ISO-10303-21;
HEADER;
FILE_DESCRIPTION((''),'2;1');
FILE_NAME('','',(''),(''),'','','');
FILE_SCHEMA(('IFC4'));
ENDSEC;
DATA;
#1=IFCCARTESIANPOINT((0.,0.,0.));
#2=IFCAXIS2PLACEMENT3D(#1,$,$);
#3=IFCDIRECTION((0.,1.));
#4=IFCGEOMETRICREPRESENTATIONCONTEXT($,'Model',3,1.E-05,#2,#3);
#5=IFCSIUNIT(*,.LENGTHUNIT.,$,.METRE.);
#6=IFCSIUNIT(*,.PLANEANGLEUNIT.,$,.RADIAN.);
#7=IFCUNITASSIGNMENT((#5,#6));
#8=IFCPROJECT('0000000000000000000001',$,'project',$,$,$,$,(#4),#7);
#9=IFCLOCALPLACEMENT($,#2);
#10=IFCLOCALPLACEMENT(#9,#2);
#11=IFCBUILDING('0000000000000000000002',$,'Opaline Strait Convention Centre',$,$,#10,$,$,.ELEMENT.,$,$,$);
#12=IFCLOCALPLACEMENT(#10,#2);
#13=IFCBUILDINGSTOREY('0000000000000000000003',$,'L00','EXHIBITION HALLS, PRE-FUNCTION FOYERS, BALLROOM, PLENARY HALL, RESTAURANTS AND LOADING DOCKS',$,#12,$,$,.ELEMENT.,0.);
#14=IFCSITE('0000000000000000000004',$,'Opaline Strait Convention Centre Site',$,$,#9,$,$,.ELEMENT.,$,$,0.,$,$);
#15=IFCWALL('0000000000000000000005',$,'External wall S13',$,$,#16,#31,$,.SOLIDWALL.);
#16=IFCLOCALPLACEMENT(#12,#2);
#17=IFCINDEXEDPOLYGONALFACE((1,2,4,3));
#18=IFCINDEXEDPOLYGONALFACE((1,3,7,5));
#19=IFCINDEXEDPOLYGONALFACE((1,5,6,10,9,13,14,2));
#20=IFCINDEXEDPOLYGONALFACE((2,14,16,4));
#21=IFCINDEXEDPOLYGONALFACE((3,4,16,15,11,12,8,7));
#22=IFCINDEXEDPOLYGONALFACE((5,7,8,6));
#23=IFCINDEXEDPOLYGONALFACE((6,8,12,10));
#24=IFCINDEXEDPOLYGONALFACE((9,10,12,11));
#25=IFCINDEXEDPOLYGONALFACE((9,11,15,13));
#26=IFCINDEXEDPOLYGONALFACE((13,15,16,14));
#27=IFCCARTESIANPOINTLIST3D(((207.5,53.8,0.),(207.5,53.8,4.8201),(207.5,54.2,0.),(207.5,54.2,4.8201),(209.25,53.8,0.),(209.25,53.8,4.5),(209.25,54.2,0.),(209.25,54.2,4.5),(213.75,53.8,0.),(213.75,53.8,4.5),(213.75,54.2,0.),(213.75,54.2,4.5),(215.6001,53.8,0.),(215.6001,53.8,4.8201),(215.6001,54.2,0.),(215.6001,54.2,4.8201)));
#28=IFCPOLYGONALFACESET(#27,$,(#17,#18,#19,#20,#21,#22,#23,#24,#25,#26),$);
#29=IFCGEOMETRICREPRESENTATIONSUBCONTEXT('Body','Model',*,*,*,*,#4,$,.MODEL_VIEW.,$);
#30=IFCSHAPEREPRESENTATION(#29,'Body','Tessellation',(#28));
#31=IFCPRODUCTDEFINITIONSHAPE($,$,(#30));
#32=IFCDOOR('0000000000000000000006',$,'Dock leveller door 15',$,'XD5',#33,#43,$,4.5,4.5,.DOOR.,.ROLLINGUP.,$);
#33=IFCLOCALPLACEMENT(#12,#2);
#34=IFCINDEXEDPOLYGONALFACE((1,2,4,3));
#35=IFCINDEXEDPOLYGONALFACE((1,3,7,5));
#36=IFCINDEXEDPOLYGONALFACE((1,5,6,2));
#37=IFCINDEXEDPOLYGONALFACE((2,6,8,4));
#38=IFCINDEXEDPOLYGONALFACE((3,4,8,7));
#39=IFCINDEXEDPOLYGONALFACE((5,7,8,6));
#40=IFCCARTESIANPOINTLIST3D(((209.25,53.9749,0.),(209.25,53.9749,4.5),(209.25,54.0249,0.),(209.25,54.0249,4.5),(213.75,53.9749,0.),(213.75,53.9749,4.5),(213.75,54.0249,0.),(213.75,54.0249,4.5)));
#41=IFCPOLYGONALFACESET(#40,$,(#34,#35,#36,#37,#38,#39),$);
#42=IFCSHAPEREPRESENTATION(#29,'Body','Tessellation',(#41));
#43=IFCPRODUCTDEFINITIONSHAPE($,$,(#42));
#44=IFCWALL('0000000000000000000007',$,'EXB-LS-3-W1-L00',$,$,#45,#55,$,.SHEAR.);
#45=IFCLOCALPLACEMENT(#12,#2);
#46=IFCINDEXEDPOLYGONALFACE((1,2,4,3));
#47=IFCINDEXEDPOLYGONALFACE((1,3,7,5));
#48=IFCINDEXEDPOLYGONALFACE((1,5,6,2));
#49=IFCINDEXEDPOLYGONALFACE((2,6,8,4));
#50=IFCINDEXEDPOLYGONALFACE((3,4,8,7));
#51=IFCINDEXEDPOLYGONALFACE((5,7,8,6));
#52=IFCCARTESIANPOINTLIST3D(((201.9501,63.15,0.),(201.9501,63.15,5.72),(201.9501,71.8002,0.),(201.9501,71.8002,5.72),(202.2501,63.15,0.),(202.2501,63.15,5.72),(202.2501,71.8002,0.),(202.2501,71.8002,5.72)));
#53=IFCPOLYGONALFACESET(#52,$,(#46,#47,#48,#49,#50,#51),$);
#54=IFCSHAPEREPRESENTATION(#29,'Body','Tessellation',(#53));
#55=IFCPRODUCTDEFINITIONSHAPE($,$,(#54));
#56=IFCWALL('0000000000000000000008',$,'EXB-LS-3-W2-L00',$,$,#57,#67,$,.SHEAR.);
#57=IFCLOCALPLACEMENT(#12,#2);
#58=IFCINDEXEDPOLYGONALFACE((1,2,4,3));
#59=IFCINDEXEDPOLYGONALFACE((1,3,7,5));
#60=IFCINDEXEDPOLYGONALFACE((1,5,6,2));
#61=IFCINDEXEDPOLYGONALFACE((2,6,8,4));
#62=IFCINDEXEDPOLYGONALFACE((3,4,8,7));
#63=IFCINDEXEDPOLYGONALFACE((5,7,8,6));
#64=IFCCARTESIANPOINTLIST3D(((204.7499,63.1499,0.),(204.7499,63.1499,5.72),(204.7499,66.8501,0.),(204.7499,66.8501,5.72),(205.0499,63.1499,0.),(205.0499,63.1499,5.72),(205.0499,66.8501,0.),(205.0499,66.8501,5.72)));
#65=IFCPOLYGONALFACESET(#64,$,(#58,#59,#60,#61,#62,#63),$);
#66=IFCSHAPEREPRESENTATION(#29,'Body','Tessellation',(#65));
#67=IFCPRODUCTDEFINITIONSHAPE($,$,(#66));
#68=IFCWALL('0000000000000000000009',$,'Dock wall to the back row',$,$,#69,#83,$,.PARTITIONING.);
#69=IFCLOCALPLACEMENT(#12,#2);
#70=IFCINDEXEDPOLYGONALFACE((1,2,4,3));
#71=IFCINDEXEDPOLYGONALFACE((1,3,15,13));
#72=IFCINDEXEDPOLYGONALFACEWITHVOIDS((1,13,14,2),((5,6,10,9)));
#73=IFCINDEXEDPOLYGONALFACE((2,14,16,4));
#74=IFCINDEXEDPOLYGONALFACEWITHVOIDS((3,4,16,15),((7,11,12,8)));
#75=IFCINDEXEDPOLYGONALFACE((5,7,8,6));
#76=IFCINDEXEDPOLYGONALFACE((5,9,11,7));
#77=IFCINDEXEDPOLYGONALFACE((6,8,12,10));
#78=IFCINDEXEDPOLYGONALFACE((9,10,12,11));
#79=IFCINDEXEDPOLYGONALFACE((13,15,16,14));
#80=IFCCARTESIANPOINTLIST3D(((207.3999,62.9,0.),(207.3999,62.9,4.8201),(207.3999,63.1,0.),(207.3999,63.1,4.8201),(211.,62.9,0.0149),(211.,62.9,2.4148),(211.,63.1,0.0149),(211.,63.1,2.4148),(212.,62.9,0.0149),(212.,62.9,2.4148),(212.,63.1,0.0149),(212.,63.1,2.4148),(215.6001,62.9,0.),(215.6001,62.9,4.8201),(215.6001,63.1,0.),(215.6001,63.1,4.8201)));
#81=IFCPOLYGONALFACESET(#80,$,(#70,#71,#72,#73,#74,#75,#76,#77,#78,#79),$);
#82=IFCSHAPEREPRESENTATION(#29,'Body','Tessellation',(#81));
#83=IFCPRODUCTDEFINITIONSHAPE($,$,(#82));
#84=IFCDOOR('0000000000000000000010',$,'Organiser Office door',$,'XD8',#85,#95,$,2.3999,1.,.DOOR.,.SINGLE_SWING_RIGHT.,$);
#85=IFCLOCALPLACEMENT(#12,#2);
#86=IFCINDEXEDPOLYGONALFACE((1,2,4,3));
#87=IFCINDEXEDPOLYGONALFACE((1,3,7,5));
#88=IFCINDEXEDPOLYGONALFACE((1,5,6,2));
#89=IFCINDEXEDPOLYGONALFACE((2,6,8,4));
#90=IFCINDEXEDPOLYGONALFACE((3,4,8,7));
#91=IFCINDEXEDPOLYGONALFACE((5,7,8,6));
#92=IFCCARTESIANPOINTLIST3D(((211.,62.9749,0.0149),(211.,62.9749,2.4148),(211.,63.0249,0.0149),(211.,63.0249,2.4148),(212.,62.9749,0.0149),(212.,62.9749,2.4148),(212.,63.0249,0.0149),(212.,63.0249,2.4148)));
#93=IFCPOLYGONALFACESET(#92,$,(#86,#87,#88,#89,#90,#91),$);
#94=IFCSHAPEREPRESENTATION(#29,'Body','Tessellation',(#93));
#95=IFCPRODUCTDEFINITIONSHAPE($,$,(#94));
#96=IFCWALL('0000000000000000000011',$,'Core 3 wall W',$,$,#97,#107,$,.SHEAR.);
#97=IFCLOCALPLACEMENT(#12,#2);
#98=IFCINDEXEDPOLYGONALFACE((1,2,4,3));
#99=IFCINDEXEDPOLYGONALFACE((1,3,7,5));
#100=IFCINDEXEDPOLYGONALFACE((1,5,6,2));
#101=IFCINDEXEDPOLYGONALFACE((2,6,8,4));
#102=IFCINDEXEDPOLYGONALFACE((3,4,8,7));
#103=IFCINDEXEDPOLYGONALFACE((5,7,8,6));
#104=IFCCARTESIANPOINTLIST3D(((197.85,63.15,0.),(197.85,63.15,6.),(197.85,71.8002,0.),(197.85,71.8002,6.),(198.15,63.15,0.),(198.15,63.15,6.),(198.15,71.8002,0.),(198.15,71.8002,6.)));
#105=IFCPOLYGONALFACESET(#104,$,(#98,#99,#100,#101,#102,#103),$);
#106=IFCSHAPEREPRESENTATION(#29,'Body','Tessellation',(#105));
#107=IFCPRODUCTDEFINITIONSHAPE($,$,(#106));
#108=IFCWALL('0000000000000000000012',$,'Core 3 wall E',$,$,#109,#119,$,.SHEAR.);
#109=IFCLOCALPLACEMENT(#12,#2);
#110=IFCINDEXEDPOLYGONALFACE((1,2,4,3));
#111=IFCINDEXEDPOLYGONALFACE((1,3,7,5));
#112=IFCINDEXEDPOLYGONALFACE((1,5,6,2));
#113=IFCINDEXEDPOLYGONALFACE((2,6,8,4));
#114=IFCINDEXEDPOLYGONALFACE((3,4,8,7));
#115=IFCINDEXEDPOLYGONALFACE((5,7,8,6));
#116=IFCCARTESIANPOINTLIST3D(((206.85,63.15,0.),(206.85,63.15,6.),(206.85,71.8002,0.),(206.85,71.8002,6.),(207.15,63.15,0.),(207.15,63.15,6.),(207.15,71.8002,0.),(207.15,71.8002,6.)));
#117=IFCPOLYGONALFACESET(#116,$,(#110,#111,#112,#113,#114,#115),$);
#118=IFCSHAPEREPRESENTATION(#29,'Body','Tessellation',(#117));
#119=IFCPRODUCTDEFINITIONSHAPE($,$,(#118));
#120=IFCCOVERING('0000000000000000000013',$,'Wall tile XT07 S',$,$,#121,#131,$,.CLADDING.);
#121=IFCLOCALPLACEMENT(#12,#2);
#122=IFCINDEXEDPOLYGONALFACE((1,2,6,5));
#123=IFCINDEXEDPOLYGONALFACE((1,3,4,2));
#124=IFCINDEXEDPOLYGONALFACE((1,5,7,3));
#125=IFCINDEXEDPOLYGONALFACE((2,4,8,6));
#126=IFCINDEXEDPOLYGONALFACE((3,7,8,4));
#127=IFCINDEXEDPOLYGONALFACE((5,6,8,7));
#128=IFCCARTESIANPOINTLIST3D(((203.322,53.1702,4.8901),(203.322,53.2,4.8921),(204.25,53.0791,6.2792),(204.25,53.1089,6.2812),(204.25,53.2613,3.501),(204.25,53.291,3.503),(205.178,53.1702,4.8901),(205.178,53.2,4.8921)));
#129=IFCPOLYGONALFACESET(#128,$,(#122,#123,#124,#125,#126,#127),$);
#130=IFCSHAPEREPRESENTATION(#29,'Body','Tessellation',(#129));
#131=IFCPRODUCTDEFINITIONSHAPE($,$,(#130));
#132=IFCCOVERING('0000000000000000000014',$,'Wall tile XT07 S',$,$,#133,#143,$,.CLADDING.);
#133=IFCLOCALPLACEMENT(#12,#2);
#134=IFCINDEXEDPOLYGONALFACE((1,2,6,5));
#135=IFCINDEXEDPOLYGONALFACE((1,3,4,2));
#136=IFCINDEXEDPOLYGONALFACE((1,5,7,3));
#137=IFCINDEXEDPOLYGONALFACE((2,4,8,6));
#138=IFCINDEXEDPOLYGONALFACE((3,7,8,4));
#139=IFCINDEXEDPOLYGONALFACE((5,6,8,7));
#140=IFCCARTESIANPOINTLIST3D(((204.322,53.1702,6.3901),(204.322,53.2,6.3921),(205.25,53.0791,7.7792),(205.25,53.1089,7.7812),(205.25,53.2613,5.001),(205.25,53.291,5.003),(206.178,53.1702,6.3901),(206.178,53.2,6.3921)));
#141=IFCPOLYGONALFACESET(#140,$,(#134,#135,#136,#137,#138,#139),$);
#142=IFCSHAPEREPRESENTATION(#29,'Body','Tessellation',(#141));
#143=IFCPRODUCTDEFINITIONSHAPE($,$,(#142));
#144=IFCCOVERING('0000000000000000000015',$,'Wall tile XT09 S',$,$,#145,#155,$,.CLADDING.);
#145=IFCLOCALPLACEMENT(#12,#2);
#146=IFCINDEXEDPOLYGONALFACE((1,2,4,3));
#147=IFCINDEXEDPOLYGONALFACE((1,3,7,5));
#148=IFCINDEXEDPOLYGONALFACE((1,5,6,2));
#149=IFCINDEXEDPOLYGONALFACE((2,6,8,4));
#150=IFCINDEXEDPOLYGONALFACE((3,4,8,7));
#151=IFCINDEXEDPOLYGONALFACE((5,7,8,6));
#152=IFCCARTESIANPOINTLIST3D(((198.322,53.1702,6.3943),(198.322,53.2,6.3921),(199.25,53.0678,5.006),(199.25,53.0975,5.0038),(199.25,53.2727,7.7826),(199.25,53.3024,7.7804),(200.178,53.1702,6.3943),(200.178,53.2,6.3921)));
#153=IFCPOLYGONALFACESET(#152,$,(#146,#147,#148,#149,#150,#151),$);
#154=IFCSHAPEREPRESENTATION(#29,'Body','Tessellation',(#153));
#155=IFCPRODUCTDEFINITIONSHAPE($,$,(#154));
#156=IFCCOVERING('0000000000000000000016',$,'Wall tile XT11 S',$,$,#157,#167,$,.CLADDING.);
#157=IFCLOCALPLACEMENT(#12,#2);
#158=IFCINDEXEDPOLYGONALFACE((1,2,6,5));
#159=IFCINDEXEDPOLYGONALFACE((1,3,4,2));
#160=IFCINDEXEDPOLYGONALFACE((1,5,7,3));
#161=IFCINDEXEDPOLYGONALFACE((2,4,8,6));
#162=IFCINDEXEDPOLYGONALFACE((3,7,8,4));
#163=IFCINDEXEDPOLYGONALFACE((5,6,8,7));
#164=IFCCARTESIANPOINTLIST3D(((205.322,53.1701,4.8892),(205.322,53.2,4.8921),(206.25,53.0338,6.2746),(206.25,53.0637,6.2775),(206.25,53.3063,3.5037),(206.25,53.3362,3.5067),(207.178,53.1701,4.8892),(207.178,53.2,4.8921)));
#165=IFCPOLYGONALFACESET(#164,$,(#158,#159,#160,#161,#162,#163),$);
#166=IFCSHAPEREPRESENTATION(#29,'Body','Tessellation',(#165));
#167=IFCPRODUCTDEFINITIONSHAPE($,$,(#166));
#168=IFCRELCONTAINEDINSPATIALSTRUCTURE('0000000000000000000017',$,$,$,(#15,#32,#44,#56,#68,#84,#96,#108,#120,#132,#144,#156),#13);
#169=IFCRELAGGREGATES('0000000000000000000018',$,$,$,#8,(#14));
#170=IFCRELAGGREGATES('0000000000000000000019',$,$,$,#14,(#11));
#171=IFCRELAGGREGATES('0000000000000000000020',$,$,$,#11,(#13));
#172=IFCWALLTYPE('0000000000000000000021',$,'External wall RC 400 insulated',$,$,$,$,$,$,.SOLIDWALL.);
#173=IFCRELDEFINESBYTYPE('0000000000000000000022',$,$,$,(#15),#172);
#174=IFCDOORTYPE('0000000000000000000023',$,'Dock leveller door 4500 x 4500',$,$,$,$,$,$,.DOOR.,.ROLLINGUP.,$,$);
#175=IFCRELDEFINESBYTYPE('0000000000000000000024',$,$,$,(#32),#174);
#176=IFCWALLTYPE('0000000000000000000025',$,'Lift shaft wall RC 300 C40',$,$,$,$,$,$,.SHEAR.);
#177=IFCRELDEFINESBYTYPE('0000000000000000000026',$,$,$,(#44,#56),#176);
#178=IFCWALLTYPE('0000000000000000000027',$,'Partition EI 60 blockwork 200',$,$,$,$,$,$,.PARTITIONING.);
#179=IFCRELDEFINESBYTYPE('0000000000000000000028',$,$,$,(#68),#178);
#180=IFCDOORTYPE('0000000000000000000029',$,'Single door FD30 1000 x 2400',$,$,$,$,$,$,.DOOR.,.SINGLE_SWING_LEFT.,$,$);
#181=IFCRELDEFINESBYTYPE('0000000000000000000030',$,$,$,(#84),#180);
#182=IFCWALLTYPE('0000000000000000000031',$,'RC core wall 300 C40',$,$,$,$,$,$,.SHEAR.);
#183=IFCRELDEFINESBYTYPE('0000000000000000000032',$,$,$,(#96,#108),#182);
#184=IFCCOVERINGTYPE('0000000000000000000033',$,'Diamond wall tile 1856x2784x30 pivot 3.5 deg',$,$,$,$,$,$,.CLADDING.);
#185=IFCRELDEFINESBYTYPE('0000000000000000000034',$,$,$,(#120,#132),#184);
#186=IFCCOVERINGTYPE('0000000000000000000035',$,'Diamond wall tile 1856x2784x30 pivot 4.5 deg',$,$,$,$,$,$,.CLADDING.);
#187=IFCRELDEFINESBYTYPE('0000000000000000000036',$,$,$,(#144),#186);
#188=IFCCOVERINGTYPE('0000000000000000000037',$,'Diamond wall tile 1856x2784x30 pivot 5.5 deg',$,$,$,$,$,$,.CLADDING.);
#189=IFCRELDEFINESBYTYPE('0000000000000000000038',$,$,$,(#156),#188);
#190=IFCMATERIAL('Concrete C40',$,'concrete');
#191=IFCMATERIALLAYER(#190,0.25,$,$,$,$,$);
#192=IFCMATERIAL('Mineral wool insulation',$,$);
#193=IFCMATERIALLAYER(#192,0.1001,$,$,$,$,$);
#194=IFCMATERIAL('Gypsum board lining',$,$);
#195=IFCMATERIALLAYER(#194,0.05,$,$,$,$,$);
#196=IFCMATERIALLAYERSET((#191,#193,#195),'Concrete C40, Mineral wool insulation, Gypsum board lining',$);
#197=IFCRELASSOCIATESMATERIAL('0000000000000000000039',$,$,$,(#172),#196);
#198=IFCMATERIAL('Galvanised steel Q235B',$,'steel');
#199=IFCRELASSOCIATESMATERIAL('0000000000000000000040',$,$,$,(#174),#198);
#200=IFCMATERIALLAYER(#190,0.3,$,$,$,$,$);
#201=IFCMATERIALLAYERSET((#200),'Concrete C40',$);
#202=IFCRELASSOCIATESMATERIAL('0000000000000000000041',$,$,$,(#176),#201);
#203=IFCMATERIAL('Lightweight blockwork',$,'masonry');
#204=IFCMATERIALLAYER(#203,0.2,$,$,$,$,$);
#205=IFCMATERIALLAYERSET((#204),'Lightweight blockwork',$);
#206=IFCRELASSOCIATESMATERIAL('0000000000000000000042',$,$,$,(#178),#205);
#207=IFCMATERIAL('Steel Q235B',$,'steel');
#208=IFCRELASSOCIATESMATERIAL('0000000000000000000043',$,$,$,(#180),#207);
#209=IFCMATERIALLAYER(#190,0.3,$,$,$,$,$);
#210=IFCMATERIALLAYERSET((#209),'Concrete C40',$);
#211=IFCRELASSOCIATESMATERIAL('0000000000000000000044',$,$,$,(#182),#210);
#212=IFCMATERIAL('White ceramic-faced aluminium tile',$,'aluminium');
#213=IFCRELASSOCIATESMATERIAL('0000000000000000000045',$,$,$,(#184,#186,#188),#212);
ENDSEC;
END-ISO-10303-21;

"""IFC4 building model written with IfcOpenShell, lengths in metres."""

from ifc_helpers import new_model, si_unit, direction, frame, frame_2d, origin, place, context, subcontext, project, spatial, polyline, rectangle, outline, extrude, material, layer, layer_set, material_profile, profile_set, type_object, element, fill, save


model = new_model("IFC4")

# Units and contexts
model_context = context("Model", 3, precision=1e-05, world=origin(), true_north=direction((0.0, 1.0)))
body_context = subcontext(model_context, "Body", "Model", "MODEL_VIEW")
ifc_project = project(units=[si_unit("LENGTHUNIT", "METRE"), si_unit("PLANEANGLEUNIT", "RADIAN")], contexts=[model_context])

# Site, building, storey
site_placement = place(None, origin())
site = spatial("IfcSite", under=ifc_project, at=site_placement, Name="Opaline Strait Convention Centre Site", CompositionType="ELEMENT", RefElevation=0.0)
building_placement = place(site_placement, origin())
building = spatial("IfcBuilding", under=site, at=building_placement, Name="Opaline Strait Convention Centre", CompositionType="ELEMENT")
storey_placement = place(building_placement, origin())
storey = spatial("IfcBuildingStorey", under=building, at=storey_placement, Name="L00", Description="EXHIBITION HALLS, PRE-FUNCTION FOYERS, BALLROOM, PLENARY HALL, RESTAURANTS AND LOADING DOCKS", CompositionType="ELEMENT", Elevation=0.0)

# Shared definitions
ifc_material_1 = material(Name="Concrete C40", Category="concrete")

# Shared definitions
ifc_layer_1 = layer(ifc_material_1, 0.25)
ifc_material_2 = material(Name="Mineral wool insulation")
ifc_layer_2 = layer(ifc_material_2, 0.1001)
ifc_material_3 = material(Name="Gypsum board lining")
ifc_layer_3 = layer(ifc_material_3, 0.05)
ifc_layer_set_1 = layer_set([ifc_layer_1, ifc_layer_2, ifc_layer_3], Name="Concrete C40, Mineral wool insulation, Gypsum board lining")
wall_type_1 = type_object("IfcWallType", Name="External wall RC 400 insulated", PredefinedType="SOLIDWALL", material=ifc_layer_set_1)
ifc_material_4 = material(Name="Galvanised steel Q235B", Category="steel")
door_type_1 = type_object("IfcDoorType", Name="Dock leveller door 4500 x 4500", OperationType="ROLLINGUP", PredefinedType="DOOR", material=ifc_material_4)
ifc_material_5 = material(Name="Steel Q235B", Category="steel")

# Wall, opening, door
wall_1_placement = place(storey_placement, frame((207.5, 54.0, 0.0), z_axis=(0.0, 0.0, 1.0), x_axis=(1.0, 0.0, 0.0)))
wall_1 = element("IfcWall", 1, at=wall_1_placement, inside=storey, type_object=wall_type_1, Name="External wall S13", PredefinedType="SOLIDWALL", context=body_context, shape_type="SweptSolid", body=[
    extrude(rectangle(XDim=8.1001, YDim=0.3999, at=frame_2d((4.05, 0.0))), origin(), (0.0, 0.0, 1.0), 4.8201),
])
opening_1_placement = place(wall_1_placement, frame((1.75, 0.0, 0.0)))
opening_1 = element("IfcOpeningElement", 2, at=opening_1_placement, cuts=wall_1, PredefinedType="OPENING", context=body_context, shape_type="SweptSolid", body=[
    extrude(rectangle(XDim=4.5, YDim=4.5, at=frame_2d((2.25, 2.25))), frame((0.0, 0.21, 0.0), z_axis=(0.0, -1.0, 0.0), x_axis=(1.0, 0.0, 0.0)), (0.0, 0.0, 1.0), 0.4199),
])
door_1_placement = place(opening_1_placement, origin())
door_1 = element("IfcDoor", 3, at=door_1_placement, inside=storey, type_object=door_type_1, Name="Dock leveller door 15", ObjectType="XD5", OperationType="ROLLINGUP", OverallHeight=4.5, OverallWidth=4.5, PredefinedType="DOOR", context=body_context, shape_type="SweptSolid", body=[
    extrude(rectangle(XDim=4.5, YDim=4.5, at=frame_2d((2.25, 2.25))), frame((0.0, 0.0249, 0.0), z_axis=(0.0, -1.0, 0.0), x_axis=(1.0, 0.0, 0.0)), (0.0, 0.0, 1.0), 0.05),
])
fill(opening_1, door_1)

# Walls
ifc_layer_4 = layer(ifc_material_1, 0.3)
ifc_layer_set_2 = layer_set([ifc_layer_4], Name="Concrete C40")
wall_type_2 = type_object("IfcWallType", Name="Lift shaft wall RC 300 C40", PredefinedType="SHEAR", material=ifc_layer_set_2)
wall_2_placement = place(storey_placement, frame((202.1001, 63.1499, 0.0), z_axis=(0.0, 0.0, 1.0), x_axis=(0.0, 1.0, 0.0)))
element("IfcWall", 4, at=wall_2_placement, inside=storey, type_object=wall_type_2, Name="EXB-LS-3-W1-L00", PredefinedType="SHEAR", context=body_context, shape_type="SweptSolid", body=[
    extrude(rectangle(XDim=8.6501, YDim=0.3, at=frame_2d((4.3252, 0.0))), origin(), (0.0, 0.0, 1.0), 5.72),
])
wall_3_placement = place(storey_placement, frame((204.8999, 63.1499, 0.0), z_axis=(0.0, 0.0, 1.0), x_axis=(0.0, 1.0, 0.0)))
element("IfcWall", 5, at=wall_3_placement, inside=storey, type_object=wall_type_2, Name="EXB-LS-3-W2-L00", PredefinedType="SHEAR", context=body_context, shape_type="SweptSolid", body=[
    extrude(rectangle(XDim=3.7002, YDim=0.3, at=frame_2d((1.8501, 0.0))), origin(), (0.0, 0.0, 1.0), 5.72),
])

# Wall, opening, door
ifc_material_6 = material(Name="Lightweight blockwork", Category="masonry")
ifc_layer_5 = layer(ifc_material_6, 0.2)
ifc_layer_set_3 = layer_set([ifc_layer_5], Name="Lightweight blockwork")
wall_type_3 = type_object("IfcWallType", Name="Partition EI 60 blockwork 200", PredefinedType="PARTITIONING", material=ifc_layer_set_3)
wall_4_placement = place(storey_placement, frame((207.3999, 63.0, 0.0), z_axis=(0.0, 0.0, 1.0), x_axis=(1.0, 0.0, 0.0)))
wall_4 = element("IfcWall", 6, at=wall_4_placement, inside=storey, type_object=wall_type_3, Name="Dock wall to the back row", PredefinedType="PARTITIONING", context=body_context, shape_type="SweptSolid", body=[
    extrude(rectangle(XDim=8.2002, YDim=0.2, at=frame_2d((4.1001, 0.0))), origin(), (0.0, 0.0, 1.0), 4.8201),
])
opening_2_placement = place(wall_4_placement, frame((3.6001, 0.0, 0.0149)))
opening_2 = element("IfcOpeningElement", 7, at=opening_2_placement, cuts=wall_4, PredefinedType="OPENING", context=body_context, shape_type="SweptSolid", body=[
    extrude(rectangle(XDim=1.0, YDim=2.3999, at=frame_2d((0.5, 1.2))), frame((0.0, 0.1099, 0.0), z_axis=(0.0, -1.0, 0.0), x_axis=(1.0, 0.0, 0.0)), (0.0, 0.0, 1.0), 0.22),
])
door_type_2 = type_object("IfcDoorType", Name="Single door FD30 1000 x 2400", OperationType="SINGLE_SWING_LEFT", PredefinedType="DOOR", material=ifc_material_5)
door_2_placement = place(opening_2_placement, origin())
door_2 = element("IfcDoor", 8, at=door_2_placement, inside=storey, type_object=door_type_2, Name="Organiser Office door", ObjectType="XD8", OperationType="SINGLE_SWING_RIGHT", OverallHeight=2.3999, OverallWidth=1.0, PredefinedType="DOOR", context=body_context, shape_type="SweptSolid", body=[
    extrude(rectangle(XDim=1.0, YDim=2.3999, at=frame_2d((0.5, 1.2))), frame((0.0, 0.0249, 0.0), z_axis=(0.0, -1.0, 0.0), x_axis=(1.0, 0.0, 0.0)), (0.0, 0.0, 1.0), 0.05),
])
fill(opening_2, door_2)

# Shared definitions
ifc_layer_6 = layer(ifc_material_1, 0.3)
ifc_layer_set_4 = layer_set([ifc_layer_6], Name="Concrete C40")
wall_type_4 = type_object("IfcWallType", Name="RC core wall 300 C40", PredefinedType="SHEAR", material=ifc_layer_set_4)

# Walls
for number, where, z_axis, x_axis, name in (
    (9, (198.0, 63.1499, 0.0), (0.0, 0.0, 1.0), (0.0, 1.0, 0.0), "Core 3 wall W"),
    (10, (207.0, 63.1499, 0.0), (0.0, 0.0, 1.0), (0.0, 1.0, 0.0), "Core 3 wall E"),
):
    element("IfcWall", number, at=place(storey_placement, frame(where, z_axis=z_axis, x_axis=x_axis)), inside=storey, type_object=wall_type_4, Name=name, PredefinedType="SHEAR", context=body_context, shape_type="SweptSolid", body=[
        extrude(rectangle(XDim=8.6501, YDim=0.3, at=frame_2d((4.3252, 0.0))), origin(), (0.0, 0.0, 1.0), 6.0),
    ])

# Coverings
ifc_material_7 = material(Name="White ceramic-faced aluminium tile", Category="aluminium")
ifc_material_profile_1 = material_profile(ifc_material_7, outline(polyline([(0.928, 0.0), (0.0, 1.3921), (-0.928, 0.0), (0.0, -1.3921), (0.928, 0.0)])), Name="Diamond tile 1856x2784")
ifc_profile_set_1 = profile_set([ifc_material_profile_1], Name="White ceramic-faced aluminium tile")
covering_type_1 = type_object("IfcCoveringType", Name="Diamond wall tile 1856x2784x30 pivot 3.5 deg", PredefinedType="CLADDING", material=ifc_profile_set_1)
for number, where, z_axis, x_axis, name in (
    (11, (204.25, 53.2, 4.8921), (0.0, -0.997857, -0.065433), (1.0, 0.0, 0.0), "Wall tile XT07 S"),
    (12, (205.25, 53.2, 6.3921), (0.0, -0.997857, -0.065433), (1.0, 0.0, 0.0), "Wall tile XT07 S"),
):
    element("IfcCovering", number, at=place(storey_placement, frame(where, z_axis=z_axis, x_axis=x_axis)), inside=storey, type_object=covering_type_1, Name=name, PredefinedType="CLADDING", context=body_context, shape_type="SweptSolid", body=[
        extrude(outline(polyline([(0.928, 0.0), (0.0, 1.3921), (-0.928, 0.0), (0.0, -1.3921), (0.928, 0.0)])), origin(), (0.0, 0.0, 1.0), 0.0298),
    ])
ifc_material_profile_2 = material_profile(ifc_material_7, outline(polyline([(0.928, 0.0), (0.0, 1.3921), (-0.928, 0.0), (0.0, -1.3921), (0.928, 0.0)])), Name="Diamond tile 1856x2784")
ifc_profile_set_2 = profile_set([ifc_material_profile_2], Name="White ceramic-faced aluminium tile")
covering_type_2 = type_object("IfcCoveringType", Name="Diamond wall tile 1856x2784x30 pivot 4.5 deg", PredefinedType="CLADDING", material=ifc_profile_set_2)
covering_1_placement = place(storey_placement, frame((199.25, 53.2, 6.3921), z_axis=(0.0, -0.99729, 0.073571), x_axis=(1.0, 0.0, 0.0)))
element("IfcCovering", 13, at=covering_1_placement, inside=storey, type_object=covering_type_2, Name="Wall tile XT09 S", PredefinedType="CLADDING", context=body_context, shape_type="SweptSolid", body=[
    extrude(outline(polyline([(0.928, 0.0), (0.0, 1.3921), (-0.928, 0.0), (0.0, -1.3921), (0.928, 0.0)])), origin(), (0.0, 0.0, 1.0), 0.0298),
])
ifc_material_profile_3 = material_profile(ifc_material_7, outline(polyline([(0.928, 0.0), (0.0, 1.3921), (-0.928, 0.0), (0.0, -1.3921), (0.928, 0.0)])), Name="Diamond tile 1856x2784")
ifc_profile_set_3 = profile_set([ifc_material_profile_3], Name="White ceramic-faced aluminium tile")
covering_type_3 = type_object("IfcCoveringType", Name="Diamond wall tile 1856x2784x30 pivot 5.5 deg", PredefinedType="CLADDING", material=ifc_profile_set_3)
covering_2_placement = place(storey_placement, frame((206.25, 53.2, 4.8921), z_axis=(0.0, -0.995197, -0.097888), x_axis=(1.0, 0.0, 0.0)))
element("IfcCovering", 14, at=covering_2_placement, inside=storey, type_object=covering_type_3, Name="Wall tile XT11 S", PredefinedType="CLADDING", context=body_context, shape_type="SweptSolid", body=[
    extrude(outline(polyline([(0.928, 0.0), (0.0, 1.3921), (-0.928, 0.0), (0.0, -1.3921), (0.928, 0.0)])), origin(), (0.0, 0.0, 1.0), 0.03),
])

save(model, "model.ifc")
